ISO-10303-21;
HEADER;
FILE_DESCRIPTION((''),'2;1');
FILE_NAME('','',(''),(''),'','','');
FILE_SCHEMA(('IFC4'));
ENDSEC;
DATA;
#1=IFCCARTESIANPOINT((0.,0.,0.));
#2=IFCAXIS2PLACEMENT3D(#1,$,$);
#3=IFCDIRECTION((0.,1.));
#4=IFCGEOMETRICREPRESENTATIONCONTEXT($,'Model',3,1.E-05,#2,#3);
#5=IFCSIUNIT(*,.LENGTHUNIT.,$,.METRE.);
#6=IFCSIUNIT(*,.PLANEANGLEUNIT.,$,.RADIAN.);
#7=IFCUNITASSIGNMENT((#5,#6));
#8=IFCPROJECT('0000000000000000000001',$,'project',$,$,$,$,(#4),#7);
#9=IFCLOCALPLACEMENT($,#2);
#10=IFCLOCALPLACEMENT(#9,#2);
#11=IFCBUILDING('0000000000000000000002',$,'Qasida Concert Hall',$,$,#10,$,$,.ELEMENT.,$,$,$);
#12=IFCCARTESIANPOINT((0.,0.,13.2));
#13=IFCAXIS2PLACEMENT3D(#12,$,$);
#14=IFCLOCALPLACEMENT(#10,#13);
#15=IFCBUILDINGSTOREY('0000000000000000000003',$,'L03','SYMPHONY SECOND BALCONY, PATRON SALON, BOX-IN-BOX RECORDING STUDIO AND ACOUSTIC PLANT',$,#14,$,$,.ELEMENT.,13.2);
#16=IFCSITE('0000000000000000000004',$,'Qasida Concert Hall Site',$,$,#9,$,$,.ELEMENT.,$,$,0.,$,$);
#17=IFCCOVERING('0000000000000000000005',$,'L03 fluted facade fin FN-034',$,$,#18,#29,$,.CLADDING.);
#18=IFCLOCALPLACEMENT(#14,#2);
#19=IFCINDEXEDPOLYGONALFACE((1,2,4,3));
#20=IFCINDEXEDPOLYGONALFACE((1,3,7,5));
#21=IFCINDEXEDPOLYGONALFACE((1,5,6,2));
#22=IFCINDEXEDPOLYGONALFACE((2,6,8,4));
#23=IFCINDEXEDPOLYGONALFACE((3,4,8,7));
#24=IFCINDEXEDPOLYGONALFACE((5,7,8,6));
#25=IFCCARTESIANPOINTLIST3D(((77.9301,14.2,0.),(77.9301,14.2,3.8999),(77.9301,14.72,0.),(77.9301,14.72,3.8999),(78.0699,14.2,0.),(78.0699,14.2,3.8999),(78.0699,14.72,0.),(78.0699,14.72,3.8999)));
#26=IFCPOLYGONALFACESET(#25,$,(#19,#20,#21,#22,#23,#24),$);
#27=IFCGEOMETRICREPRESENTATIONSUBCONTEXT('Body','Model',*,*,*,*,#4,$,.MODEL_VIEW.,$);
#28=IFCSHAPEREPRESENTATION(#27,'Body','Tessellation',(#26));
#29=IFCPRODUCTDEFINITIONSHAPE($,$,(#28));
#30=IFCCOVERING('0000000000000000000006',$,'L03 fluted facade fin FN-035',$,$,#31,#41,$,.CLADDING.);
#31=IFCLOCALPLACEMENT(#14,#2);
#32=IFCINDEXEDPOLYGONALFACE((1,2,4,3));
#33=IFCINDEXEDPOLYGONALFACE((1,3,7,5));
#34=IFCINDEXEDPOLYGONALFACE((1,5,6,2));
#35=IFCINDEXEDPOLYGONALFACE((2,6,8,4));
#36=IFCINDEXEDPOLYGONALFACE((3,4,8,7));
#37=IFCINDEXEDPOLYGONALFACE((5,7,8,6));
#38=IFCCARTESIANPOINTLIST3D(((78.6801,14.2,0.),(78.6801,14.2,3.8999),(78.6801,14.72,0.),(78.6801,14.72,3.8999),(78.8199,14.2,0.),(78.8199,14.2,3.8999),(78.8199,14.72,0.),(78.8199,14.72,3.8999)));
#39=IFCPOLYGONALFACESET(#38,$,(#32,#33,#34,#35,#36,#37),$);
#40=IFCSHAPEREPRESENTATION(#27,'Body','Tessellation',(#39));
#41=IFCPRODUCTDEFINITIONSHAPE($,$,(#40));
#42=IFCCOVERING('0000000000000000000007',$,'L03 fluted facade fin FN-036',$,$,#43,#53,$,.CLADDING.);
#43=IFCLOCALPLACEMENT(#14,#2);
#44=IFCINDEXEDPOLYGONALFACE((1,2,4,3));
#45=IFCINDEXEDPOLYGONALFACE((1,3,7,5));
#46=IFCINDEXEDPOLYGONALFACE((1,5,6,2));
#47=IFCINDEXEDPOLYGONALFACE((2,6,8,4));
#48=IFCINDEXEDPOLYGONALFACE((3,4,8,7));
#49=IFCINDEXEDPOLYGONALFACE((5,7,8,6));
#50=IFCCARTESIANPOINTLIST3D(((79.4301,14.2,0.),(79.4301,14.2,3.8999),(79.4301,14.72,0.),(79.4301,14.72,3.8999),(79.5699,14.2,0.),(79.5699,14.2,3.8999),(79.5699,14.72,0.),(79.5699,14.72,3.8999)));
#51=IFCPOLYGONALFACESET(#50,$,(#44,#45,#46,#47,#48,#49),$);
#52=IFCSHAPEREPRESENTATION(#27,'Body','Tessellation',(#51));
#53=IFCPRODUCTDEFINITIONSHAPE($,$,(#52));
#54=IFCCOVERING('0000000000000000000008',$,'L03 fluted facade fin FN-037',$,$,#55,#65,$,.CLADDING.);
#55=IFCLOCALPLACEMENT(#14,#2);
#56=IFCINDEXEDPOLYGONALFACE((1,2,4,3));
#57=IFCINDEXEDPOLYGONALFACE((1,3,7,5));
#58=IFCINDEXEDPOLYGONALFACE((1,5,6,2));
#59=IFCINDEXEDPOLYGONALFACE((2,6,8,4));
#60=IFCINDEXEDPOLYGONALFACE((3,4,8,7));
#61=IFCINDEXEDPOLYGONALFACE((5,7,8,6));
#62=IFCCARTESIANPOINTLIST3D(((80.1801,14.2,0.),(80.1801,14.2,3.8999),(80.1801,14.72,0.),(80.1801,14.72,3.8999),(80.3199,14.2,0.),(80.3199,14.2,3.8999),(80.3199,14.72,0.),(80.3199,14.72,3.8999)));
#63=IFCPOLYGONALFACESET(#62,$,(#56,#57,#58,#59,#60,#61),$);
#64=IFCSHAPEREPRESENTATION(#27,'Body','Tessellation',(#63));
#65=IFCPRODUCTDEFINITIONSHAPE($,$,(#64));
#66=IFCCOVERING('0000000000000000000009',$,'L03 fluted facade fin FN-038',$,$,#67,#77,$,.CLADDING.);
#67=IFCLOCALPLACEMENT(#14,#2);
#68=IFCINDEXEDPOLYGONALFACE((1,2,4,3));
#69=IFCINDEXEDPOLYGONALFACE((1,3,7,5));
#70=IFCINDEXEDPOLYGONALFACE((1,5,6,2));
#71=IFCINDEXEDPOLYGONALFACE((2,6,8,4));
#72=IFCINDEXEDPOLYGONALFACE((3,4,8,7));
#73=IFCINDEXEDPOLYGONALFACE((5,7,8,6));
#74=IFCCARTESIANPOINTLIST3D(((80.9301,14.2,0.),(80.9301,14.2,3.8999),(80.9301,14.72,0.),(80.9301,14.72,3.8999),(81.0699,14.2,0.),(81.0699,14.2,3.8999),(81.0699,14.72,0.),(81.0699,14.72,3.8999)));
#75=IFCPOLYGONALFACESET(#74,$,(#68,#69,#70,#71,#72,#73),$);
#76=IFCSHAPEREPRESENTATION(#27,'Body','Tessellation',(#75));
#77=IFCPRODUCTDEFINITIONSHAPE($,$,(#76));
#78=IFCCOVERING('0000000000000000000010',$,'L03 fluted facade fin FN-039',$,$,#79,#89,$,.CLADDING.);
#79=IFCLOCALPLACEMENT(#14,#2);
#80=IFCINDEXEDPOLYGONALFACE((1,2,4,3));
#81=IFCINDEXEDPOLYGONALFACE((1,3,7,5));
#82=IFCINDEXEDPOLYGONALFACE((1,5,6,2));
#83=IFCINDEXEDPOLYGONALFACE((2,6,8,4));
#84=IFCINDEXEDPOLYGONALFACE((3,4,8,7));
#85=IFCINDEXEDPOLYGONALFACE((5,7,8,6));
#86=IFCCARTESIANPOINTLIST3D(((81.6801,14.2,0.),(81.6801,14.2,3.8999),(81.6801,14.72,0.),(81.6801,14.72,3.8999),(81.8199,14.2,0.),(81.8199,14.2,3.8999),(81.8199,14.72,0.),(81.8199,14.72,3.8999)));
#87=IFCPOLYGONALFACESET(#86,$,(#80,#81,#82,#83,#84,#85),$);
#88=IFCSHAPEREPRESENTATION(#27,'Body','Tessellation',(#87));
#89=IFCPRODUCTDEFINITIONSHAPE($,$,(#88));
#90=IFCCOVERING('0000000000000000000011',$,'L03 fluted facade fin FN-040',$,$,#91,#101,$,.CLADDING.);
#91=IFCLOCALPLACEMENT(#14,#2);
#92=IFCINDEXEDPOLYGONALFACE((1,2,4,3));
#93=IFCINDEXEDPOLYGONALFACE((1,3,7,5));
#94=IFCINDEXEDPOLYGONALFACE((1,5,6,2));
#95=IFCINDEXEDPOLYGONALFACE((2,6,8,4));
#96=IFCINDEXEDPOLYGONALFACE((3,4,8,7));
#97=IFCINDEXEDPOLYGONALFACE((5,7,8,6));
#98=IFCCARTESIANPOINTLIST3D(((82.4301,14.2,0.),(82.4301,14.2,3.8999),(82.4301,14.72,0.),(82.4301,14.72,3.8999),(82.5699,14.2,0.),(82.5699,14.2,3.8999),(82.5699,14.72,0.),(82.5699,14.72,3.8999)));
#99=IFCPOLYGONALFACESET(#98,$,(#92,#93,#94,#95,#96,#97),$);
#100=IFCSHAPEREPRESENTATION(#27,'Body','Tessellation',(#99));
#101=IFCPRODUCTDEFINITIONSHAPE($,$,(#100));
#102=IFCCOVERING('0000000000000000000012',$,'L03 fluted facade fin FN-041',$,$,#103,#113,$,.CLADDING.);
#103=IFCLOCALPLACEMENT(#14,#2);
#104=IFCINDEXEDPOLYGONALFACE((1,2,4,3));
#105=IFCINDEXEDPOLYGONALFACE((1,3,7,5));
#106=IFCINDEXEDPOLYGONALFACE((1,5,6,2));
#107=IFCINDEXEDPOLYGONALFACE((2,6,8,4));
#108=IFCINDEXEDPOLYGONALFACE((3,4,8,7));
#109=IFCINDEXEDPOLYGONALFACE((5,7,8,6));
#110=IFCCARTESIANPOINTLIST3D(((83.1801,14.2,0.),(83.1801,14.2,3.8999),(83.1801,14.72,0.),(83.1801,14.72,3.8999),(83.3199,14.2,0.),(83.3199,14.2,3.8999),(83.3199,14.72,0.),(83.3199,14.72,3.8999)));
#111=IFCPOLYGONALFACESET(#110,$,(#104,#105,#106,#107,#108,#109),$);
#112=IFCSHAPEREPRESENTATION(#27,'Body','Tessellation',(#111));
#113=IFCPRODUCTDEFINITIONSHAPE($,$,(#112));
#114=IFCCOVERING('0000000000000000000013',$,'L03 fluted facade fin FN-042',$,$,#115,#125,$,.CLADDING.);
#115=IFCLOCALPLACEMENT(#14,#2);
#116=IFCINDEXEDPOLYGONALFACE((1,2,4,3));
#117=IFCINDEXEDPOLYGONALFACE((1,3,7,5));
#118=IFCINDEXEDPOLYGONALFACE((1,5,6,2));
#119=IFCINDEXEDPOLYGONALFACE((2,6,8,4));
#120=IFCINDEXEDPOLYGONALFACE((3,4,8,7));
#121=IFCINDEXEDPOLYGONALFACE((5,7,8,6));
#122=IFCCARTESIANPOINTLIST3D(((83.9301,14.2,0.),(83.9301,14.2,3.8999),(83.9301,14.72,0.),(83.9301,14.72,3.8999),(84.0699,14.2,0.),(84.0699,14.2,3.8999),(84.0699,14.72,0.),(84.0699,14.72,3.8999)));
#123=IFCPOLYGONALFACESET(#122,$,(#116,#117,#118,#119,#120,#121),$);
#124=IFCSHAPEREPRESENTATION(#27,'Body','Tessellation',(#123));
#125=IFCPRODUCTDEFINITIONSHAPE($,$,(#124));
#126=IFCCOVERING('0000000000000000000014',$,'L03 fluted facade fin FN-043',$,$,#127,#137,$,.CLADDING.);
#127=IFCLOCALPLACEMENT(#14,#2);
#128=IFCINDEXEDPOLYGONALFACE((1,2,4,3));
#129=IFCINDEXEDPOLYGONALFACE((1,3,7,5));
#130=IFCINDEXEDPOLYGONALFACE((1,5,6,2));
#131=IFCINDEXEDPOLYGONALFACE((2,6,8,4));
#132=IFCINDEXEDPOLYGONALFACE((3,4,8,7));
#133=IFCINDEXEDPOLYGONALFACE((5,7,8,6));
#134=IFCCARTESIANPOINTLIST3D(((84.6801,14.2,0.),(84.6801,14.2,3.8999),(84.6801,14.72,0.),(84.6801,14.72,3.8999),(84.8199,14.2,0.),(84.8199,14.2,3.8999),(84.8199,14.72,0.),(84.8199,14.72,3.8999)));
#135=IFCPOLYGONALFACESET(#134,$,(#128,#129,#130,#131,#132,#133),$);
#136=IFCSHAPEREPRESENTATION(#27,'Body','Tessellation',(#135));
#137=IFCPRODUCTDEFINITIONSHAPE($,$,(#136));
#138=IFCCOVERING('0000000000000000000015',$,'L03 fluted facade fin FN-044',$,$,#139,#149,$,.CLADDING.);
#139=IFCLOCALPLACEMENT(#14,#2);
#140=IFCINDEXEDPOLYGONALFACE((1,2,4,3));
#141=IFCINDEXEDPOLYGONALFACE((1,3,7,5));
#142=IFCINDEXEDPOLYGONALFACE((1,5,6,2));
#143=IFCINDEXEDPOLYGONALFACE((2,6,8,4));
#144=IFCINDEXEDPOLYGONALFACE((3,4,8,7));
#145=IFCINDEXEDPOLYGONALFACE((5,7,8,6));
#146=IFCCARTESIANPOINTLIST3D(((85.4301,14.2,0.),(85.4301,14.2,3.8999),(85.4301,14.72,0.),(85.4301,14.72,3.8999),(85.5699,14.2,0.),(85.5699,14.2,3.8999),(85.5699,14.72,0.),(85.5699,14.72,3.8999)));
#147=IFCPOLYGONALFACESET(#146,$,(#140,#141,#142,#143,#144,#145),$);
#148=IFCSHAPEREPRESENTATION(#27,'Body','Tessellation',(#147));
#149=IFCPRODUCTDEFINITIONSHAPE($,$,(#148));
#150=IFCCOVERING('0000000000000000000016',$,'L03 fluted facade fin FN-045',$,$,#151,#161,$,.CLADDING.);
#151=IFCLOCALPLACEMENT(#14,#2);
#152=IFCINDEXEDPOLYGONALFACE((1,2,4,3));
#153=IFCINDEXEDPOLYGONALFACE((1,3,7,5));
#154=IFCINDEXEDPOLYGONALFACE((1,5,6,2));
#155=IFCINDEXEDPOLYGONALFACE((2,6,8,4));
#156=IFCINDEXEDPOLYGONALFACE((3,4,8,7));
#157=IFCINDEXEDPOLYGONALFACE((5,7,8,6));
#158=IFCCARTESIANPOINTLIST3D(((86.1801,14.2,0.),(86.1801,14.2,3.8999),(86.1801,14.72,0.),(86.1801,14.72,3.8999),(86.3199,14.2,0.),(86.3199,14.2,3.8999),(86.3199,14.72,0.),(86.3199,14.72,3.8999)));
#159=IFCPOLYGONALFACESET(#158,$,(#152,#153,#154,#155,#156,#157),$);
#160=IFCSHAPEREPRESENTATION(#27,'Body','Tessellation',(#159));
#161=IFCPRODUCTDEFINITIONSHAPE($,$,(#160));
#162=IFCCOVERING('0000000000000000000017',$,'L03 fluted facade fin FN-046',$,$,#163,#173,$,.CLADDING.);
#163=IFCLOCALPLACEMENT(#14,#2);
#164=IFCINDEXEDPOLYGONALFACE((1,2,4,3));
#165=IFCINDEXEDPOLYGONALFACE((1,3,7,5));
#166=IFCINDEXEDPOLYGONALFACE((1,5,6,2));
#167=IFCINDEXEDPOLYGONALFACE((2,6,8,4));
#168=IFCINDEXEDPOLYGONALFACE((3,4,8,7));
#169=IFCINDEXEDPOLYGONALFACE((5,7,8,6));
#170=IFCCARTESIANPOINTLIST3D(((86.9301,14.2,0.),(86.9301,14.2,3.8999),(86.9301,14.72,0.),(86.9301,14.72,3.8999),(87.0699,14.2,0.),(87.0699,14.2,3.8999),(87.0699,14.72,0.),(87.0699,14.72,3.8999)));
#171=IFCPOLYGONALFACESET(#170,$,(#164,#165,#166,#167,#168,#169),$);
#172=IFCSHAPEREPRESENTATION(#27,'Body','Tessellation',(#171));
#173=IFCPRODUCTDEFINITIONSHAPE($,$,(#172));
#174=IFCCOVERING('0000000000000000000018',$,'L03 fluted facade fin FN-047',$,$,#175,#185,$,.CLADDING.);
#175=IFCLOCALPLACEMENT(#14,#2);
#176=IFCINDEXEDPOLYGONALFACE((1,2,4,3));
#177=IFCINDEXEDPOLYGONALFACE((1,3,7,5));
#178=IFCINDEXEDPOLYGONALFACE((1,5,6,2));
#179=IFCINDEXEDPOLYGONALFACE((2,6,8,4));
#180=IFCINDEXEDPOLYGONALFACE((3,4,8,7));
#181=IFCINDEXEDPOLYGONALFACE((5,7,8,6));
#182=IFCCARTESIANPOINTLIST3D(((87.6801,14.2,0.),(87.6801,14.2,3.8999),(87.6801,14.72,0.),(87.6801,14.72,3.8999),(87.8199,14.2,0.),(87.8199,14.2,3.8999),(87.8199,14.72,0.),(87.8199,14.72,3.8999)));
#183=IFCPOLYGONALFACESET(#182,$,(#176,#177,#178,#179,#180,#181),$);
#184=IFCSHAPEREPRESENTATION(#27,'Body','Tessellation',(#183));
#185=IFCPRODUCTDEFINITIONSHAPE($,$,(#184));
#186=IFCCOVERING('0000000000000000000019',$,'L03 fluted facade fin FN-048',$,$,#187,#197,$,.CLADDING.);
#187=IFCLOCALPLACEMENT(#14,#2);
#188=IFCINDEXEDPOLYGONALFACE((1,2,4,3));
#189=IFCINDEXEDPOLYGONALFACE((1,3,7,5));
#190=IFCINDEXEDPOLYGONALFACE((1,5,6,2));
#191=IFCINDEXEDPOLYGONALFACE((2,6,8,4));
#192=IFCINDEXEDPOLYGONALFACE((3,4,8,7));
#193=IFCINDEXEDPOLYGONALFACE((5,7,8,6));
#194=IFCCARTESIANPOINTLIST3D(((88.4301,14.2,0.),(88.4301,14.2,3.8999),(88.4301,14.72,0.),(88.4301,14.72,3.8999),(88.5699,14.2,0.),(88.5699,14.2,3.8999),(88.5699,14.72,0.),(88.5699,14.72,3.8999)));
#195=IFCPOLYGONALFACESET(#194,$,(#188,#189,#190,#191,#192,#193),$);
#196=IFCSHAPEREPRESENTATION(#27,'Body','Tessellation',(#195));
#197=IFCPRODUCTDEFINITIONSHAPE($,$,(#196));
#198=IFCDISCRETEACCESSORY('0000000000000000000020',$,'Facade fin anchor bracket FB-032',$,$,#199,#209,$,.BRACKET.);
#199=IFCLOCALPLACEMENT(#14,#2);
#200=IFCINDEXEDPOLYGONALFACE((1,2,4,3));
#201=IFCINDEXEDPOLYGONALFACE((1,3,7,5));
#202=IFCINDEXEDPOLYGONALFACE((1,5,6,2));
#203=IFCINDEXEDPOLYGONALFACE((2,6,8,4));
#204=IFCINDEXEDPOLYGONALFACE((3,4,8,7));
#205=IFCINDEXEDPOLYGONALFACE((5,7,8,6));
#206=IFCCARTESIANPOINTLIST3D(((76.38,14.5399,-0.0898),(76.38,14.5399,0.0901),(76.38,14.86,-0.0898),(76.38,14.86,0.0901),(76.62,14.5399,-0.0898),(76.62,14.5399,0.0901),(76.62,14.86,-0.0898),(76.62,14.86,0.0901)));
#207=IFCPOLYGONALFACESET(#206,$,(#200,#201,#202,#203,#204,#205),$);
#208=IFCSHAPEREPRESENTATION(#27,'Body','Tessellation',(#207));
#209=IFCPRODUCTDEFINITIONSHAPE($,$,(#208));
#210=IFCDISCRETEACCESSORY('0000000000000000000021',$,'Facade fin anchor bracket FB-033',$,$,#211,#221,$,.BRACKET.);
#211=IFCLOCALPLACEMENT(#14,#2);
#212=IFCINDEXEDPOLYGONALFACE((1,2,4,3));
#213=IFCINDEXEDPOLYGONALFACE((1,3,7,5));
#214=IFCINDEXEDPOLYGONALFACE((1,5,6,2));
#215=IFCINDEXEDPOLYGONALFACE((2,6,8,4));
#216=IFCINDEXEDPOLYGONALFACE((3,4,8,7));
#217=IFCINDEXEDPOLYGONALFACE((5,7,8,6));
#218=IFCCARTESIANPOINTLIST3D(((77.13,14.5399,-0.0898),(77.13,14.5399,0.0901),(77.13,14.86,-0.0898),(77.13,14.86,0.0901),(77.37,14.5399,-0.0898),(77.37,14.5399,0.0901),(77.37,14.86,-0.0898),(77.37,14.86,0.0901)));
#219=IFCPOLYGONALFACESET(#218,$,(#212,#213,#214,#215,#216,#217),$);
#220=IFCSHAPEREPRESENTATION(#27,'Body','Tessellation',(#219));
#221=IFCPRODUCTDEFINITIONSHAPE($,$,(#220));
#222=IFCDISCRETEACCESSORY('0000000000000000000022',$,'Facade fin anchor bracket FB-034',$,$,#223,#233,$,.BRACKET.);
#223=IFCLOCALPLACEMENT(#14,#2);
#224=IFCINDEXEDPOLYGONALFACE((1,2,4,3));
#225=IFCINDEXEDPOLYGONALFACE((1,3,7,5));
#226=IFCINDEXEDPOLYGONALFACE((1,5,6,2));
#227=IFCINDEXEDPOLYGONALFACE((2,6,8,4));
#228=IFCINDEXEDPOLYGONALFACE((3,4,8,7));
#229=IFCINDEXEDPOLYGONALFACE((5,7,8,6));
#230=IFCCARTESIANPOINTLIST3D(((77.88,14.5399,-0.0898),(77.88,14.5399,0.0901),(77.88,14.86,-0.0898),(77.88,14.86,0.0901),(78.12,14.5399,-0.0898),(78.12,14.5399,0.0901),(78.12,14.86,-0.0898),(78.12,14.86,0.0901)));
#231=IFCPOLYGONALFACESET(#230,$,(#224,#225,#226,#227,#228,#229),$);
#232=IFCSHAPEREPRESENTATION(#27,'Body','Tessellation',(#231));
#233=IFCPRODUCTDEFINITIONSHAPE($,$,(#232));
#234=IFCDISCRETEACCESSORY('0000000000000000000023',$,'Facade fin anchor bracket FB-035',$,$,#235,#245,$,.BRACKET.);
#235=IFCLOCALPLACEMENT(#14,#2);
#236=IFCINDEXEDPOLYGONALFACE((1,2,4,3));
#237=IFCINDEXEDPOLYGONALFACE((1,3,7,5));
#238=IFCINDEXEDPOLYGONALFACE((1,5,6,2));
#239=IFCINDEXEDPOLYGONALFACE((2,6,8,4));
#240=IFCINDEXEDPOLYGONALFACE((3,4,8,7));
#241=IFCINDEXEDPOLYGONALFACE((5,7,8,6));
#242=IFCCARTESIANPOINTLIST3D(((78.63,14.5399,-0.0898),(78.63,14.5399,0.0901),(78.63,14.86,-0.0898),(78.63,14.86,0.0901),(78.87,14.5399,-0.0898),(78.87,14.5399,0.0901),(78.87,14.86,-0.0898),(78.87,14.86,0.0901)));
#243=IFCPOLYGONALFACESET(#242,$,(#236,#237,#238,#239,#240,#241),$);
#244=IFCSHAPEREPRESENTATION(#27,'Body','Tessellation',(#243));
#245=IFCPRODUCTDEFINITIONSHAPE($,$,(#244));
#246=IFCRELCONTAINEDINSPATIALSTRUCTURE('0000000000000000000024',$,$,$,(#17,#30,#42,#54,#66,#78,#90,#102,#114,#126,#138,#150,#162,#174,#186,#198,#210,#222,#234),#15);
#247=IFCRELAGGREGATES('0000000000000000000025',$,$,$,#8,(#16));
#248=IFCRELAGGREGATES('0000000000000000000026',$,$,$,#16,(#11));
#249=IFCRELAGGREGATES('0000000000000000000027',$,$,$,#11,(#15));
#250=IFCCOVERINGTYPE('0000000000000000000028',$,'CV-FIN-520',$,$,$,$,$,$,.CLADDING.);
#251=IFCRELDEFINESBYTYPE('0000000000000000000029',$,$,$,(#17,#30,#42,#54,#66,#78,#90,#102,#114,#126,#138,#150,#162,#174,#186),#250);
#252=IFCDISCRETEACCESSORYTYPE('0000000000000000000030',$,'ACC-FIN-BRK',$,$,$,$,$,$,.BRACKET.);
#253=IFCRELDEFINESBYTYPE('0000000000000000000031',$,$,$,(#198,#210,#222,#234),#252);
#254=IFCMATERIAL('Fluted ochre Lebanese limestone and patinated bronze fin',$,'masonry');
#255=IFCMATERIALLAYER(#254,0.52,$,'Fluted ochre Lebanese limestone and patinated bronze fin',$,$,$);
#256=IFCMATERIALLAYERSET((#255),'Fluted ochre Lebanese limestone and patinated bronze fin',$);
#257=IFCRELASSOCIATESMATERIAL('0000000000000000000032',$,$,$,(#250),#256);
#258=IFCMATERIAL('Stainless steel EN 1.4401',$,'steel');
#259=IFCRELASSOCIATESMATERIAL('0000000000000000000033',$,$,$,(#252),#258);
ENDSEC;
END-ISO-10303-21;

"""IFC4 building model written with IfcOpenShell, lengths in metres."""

from ifc_helpers import new_model, si_unit, direction, frame, origin, origin_2d, place, context, subcontext, project, spatial, rectangle, extrude, material, layer, layer_set, type_object, element, save


model = new_model("IFC4")

# Units and contexts
model_context = context("Model", 3, precision=1e-05, world=origin(), true_north=direction((0.0, 1.0)))
body_context = subcontext(model_context, "Body", "Model", "MODEL_VIEW")
ifc_project = project(units=[si_unit("LENGTHUNIT", "METRE"), si_unit("PLANEANGLEUNIT", "RADIAN")], contexts=[model_context])

# Site, building, storey
site_placement = place(None, origin())
site = spatial("IfcSite", under=ifc_project, at=site_placement, Name="Qasida Concert Hall Site", CompositionType="ELEMENT", RefElevation=0.0)
building_placement = place(site_placement, origin())
building = spatial("IfcBuilding", under=site, at=building_placement, Name="Qasida Concert Hall", CompositionType="ELEMENT")
storey_placement = place(building_placement, frame((0.0, 0.0, 13.2)))
storey = spatial("IfcBuildingStorey", under=building, at=storey_placement, Name="L03", Description="SYMPHONY SECOND BALCONY, PATRON SALON, BOX-IN-BOX RECORDING STUDIO AND ACOUSTIC PLANT", CompositionType="ELEMENT", Elevation=13.2)

# Coverings
ifc_material_1 = material(Name="Fluted ochre Lebanese limestone and patinated bronze fin", Category="masonry")
ifc_layer_1 = layer(ifc_material_1, 0.52, Name="Fluted ochre Lebanese limestone and patinated bronze fin")
ifc_layer_set_1 = layer_set([ifc_layer_1], Name="Fluted ochre Lebanese limestone and patinated bronze fin")
covering_type = type_object("IfcCoveringType", Name="CV-FIN-520", PredefinedType="CLADDING", material=ifc_layer_set_1)
for number, where, z_axis, x_axis, name in (
    (1, (78.0, 14.46, 0.0), (0.0, 0.0, 1.0), (1.0, 0.0, 0.0), "L03 fluted facade fin FN-034"),
    (2, (78.75, 14.46, 0.0), (0.0, 0.0, 1.0), (1.0, 0.0, 0.0), "L03 fluted facade fin FN-035"),
    (3, (79.5, 14.46, 0.0), (0.0, 0.0, 1.0), (1.0, 0.0, 0.0), "L03 fluted facade fin FN-036"),
    (4, (80.25, 14.46, 0.0), (0.0, 0.0, 1.0), (1.0, 0.0, 0.0), "L03 fluted facade fin FN-037"),
    (5, (81.0, 14.46, 0.0), (0.0, 0.0, 1.0), (1.0, 0.0, 0.0), "L03 fluted facade fin FN-038"),
    (6, (81.75, 14.46, 0.0), (0.0, 0.0, 1.0), (1.0, 0.0, 0.0), "L03 fluted facade fin FN-039"),
    (7, (82.5, 14.46, 0.0), (0.0, 0.0, 1.0), (1.0, 0.0, 0.0), "L03 fluted facade fin FN-040"),
    (8, (83.25, 14.46, 0.0), (0.0, 0.0, 1.0), (1.0, 0.0, 0.0), "L03 fluted facade fin FN-041"),
    (9, (84.0, 14.46, 0.0), (0.0, 0.0, 1.0), (1.0, 0.0, 0.0), "L03 fluted facade fin FN-042"),
    (10, (84.75, 14.46, 0.0), (0.0, 0.0, 1.0), (1.0, 0.0, 0.0), "L03 fluted facade fin FN-043"),
    (11, (85.5, 14.46, 0.0), (0.0, 0.0, 1.0), (1.0, 0.0, 0.0), "L03 fluted facade fin FN-044"),
    (12, (86.25, 14.46, 0.0), (0.0, 0.0, 1.0), (1.0, 0.0, 0.0), "L03 fluted facade fin FN-045"),
    (13, (87.0, 14.46, 0.0), (0.0, 0.0, 1.0), (1.0, 0.0, 0.0), "L03 fluted facade fin FN-046"),
    (14, (87.75, 14.46, 0.0), (0.0, 0.0, 1.0), (1.0, 0.0, 0.0), "L03 fluted facade fin FN-047"),
    (15, (88.5, 14.46, 0.0), (0.0, 0.0, 1.0), (1.0, 0.0, 0.0), "L03 fluted facade fin FN-048"),
):
    element("IfcCovering", number, at=place(storey_placement, frame(where, z_axis=z_axis, x_axis=x_axis)), inside=storey, type_object=covering_type, Name=name, PredefinedType="CLADDING", context=body_context, shape_type="SweptSolid", body=[
        extrude(rectangle(XDim=0.1399, YDim=0.52, at=origin_2d()), origin(), (0.0, 0.0, 1.0), 3.8999),
    ])

# Discrete accessories
ifc_material_2 = material(Name="Stainless steel EN 1.4401", Category="steel")
discrete_accessory_type = type_object("IfcDiscreteAccessoryType", Name="ACC-FIN-BRK", PredefinedType="BRACKET", material=ifc_material_2)
for number, where, z_axis, x_axis, name in (
    (16, (76.5, 14.7, -0.0898), (0.0, 0.0, 1.0), (1.0, 0.0, 0.0), "Facade fin anchor bracket FB-032"),
    (17, (77.25, 14.7, -0.0898), (0.0, 0.0, 1.0), (1.0, 0.0, 0.0), "Facade fin anchor bracket FB-033"),
    (18, (78.0, 14.7, -0.0898), (0.0, 0.0, 1.0), (1.0, 0.0, 0.0), "Facade fin anchor bracket FB-034"),
    (19, (78.75, 14.7, -0.0898), (0.0, 0.0, 1.0), (1.0, 0.0, 0.0), "Facade fin anchor bracket FB-035"),
):
    element("IfcDiscreteAccessory", number, at=place(storey_placement, frame(where, z_axis=z_axis, x_axis=x_axis)), inside=storey, type_object=discrete_accessory_type, Name=name, PredefinedType="BRACKET", context=body_context, shape_type="SweptSolid", body=[
        extrude(rectangle(XDim=0.24, YDim=0.3201, at=origin_2d()), origin(), (0.0, 0.0, 1.0), 0.1799),
    ])

save(model, "model.ifc")
